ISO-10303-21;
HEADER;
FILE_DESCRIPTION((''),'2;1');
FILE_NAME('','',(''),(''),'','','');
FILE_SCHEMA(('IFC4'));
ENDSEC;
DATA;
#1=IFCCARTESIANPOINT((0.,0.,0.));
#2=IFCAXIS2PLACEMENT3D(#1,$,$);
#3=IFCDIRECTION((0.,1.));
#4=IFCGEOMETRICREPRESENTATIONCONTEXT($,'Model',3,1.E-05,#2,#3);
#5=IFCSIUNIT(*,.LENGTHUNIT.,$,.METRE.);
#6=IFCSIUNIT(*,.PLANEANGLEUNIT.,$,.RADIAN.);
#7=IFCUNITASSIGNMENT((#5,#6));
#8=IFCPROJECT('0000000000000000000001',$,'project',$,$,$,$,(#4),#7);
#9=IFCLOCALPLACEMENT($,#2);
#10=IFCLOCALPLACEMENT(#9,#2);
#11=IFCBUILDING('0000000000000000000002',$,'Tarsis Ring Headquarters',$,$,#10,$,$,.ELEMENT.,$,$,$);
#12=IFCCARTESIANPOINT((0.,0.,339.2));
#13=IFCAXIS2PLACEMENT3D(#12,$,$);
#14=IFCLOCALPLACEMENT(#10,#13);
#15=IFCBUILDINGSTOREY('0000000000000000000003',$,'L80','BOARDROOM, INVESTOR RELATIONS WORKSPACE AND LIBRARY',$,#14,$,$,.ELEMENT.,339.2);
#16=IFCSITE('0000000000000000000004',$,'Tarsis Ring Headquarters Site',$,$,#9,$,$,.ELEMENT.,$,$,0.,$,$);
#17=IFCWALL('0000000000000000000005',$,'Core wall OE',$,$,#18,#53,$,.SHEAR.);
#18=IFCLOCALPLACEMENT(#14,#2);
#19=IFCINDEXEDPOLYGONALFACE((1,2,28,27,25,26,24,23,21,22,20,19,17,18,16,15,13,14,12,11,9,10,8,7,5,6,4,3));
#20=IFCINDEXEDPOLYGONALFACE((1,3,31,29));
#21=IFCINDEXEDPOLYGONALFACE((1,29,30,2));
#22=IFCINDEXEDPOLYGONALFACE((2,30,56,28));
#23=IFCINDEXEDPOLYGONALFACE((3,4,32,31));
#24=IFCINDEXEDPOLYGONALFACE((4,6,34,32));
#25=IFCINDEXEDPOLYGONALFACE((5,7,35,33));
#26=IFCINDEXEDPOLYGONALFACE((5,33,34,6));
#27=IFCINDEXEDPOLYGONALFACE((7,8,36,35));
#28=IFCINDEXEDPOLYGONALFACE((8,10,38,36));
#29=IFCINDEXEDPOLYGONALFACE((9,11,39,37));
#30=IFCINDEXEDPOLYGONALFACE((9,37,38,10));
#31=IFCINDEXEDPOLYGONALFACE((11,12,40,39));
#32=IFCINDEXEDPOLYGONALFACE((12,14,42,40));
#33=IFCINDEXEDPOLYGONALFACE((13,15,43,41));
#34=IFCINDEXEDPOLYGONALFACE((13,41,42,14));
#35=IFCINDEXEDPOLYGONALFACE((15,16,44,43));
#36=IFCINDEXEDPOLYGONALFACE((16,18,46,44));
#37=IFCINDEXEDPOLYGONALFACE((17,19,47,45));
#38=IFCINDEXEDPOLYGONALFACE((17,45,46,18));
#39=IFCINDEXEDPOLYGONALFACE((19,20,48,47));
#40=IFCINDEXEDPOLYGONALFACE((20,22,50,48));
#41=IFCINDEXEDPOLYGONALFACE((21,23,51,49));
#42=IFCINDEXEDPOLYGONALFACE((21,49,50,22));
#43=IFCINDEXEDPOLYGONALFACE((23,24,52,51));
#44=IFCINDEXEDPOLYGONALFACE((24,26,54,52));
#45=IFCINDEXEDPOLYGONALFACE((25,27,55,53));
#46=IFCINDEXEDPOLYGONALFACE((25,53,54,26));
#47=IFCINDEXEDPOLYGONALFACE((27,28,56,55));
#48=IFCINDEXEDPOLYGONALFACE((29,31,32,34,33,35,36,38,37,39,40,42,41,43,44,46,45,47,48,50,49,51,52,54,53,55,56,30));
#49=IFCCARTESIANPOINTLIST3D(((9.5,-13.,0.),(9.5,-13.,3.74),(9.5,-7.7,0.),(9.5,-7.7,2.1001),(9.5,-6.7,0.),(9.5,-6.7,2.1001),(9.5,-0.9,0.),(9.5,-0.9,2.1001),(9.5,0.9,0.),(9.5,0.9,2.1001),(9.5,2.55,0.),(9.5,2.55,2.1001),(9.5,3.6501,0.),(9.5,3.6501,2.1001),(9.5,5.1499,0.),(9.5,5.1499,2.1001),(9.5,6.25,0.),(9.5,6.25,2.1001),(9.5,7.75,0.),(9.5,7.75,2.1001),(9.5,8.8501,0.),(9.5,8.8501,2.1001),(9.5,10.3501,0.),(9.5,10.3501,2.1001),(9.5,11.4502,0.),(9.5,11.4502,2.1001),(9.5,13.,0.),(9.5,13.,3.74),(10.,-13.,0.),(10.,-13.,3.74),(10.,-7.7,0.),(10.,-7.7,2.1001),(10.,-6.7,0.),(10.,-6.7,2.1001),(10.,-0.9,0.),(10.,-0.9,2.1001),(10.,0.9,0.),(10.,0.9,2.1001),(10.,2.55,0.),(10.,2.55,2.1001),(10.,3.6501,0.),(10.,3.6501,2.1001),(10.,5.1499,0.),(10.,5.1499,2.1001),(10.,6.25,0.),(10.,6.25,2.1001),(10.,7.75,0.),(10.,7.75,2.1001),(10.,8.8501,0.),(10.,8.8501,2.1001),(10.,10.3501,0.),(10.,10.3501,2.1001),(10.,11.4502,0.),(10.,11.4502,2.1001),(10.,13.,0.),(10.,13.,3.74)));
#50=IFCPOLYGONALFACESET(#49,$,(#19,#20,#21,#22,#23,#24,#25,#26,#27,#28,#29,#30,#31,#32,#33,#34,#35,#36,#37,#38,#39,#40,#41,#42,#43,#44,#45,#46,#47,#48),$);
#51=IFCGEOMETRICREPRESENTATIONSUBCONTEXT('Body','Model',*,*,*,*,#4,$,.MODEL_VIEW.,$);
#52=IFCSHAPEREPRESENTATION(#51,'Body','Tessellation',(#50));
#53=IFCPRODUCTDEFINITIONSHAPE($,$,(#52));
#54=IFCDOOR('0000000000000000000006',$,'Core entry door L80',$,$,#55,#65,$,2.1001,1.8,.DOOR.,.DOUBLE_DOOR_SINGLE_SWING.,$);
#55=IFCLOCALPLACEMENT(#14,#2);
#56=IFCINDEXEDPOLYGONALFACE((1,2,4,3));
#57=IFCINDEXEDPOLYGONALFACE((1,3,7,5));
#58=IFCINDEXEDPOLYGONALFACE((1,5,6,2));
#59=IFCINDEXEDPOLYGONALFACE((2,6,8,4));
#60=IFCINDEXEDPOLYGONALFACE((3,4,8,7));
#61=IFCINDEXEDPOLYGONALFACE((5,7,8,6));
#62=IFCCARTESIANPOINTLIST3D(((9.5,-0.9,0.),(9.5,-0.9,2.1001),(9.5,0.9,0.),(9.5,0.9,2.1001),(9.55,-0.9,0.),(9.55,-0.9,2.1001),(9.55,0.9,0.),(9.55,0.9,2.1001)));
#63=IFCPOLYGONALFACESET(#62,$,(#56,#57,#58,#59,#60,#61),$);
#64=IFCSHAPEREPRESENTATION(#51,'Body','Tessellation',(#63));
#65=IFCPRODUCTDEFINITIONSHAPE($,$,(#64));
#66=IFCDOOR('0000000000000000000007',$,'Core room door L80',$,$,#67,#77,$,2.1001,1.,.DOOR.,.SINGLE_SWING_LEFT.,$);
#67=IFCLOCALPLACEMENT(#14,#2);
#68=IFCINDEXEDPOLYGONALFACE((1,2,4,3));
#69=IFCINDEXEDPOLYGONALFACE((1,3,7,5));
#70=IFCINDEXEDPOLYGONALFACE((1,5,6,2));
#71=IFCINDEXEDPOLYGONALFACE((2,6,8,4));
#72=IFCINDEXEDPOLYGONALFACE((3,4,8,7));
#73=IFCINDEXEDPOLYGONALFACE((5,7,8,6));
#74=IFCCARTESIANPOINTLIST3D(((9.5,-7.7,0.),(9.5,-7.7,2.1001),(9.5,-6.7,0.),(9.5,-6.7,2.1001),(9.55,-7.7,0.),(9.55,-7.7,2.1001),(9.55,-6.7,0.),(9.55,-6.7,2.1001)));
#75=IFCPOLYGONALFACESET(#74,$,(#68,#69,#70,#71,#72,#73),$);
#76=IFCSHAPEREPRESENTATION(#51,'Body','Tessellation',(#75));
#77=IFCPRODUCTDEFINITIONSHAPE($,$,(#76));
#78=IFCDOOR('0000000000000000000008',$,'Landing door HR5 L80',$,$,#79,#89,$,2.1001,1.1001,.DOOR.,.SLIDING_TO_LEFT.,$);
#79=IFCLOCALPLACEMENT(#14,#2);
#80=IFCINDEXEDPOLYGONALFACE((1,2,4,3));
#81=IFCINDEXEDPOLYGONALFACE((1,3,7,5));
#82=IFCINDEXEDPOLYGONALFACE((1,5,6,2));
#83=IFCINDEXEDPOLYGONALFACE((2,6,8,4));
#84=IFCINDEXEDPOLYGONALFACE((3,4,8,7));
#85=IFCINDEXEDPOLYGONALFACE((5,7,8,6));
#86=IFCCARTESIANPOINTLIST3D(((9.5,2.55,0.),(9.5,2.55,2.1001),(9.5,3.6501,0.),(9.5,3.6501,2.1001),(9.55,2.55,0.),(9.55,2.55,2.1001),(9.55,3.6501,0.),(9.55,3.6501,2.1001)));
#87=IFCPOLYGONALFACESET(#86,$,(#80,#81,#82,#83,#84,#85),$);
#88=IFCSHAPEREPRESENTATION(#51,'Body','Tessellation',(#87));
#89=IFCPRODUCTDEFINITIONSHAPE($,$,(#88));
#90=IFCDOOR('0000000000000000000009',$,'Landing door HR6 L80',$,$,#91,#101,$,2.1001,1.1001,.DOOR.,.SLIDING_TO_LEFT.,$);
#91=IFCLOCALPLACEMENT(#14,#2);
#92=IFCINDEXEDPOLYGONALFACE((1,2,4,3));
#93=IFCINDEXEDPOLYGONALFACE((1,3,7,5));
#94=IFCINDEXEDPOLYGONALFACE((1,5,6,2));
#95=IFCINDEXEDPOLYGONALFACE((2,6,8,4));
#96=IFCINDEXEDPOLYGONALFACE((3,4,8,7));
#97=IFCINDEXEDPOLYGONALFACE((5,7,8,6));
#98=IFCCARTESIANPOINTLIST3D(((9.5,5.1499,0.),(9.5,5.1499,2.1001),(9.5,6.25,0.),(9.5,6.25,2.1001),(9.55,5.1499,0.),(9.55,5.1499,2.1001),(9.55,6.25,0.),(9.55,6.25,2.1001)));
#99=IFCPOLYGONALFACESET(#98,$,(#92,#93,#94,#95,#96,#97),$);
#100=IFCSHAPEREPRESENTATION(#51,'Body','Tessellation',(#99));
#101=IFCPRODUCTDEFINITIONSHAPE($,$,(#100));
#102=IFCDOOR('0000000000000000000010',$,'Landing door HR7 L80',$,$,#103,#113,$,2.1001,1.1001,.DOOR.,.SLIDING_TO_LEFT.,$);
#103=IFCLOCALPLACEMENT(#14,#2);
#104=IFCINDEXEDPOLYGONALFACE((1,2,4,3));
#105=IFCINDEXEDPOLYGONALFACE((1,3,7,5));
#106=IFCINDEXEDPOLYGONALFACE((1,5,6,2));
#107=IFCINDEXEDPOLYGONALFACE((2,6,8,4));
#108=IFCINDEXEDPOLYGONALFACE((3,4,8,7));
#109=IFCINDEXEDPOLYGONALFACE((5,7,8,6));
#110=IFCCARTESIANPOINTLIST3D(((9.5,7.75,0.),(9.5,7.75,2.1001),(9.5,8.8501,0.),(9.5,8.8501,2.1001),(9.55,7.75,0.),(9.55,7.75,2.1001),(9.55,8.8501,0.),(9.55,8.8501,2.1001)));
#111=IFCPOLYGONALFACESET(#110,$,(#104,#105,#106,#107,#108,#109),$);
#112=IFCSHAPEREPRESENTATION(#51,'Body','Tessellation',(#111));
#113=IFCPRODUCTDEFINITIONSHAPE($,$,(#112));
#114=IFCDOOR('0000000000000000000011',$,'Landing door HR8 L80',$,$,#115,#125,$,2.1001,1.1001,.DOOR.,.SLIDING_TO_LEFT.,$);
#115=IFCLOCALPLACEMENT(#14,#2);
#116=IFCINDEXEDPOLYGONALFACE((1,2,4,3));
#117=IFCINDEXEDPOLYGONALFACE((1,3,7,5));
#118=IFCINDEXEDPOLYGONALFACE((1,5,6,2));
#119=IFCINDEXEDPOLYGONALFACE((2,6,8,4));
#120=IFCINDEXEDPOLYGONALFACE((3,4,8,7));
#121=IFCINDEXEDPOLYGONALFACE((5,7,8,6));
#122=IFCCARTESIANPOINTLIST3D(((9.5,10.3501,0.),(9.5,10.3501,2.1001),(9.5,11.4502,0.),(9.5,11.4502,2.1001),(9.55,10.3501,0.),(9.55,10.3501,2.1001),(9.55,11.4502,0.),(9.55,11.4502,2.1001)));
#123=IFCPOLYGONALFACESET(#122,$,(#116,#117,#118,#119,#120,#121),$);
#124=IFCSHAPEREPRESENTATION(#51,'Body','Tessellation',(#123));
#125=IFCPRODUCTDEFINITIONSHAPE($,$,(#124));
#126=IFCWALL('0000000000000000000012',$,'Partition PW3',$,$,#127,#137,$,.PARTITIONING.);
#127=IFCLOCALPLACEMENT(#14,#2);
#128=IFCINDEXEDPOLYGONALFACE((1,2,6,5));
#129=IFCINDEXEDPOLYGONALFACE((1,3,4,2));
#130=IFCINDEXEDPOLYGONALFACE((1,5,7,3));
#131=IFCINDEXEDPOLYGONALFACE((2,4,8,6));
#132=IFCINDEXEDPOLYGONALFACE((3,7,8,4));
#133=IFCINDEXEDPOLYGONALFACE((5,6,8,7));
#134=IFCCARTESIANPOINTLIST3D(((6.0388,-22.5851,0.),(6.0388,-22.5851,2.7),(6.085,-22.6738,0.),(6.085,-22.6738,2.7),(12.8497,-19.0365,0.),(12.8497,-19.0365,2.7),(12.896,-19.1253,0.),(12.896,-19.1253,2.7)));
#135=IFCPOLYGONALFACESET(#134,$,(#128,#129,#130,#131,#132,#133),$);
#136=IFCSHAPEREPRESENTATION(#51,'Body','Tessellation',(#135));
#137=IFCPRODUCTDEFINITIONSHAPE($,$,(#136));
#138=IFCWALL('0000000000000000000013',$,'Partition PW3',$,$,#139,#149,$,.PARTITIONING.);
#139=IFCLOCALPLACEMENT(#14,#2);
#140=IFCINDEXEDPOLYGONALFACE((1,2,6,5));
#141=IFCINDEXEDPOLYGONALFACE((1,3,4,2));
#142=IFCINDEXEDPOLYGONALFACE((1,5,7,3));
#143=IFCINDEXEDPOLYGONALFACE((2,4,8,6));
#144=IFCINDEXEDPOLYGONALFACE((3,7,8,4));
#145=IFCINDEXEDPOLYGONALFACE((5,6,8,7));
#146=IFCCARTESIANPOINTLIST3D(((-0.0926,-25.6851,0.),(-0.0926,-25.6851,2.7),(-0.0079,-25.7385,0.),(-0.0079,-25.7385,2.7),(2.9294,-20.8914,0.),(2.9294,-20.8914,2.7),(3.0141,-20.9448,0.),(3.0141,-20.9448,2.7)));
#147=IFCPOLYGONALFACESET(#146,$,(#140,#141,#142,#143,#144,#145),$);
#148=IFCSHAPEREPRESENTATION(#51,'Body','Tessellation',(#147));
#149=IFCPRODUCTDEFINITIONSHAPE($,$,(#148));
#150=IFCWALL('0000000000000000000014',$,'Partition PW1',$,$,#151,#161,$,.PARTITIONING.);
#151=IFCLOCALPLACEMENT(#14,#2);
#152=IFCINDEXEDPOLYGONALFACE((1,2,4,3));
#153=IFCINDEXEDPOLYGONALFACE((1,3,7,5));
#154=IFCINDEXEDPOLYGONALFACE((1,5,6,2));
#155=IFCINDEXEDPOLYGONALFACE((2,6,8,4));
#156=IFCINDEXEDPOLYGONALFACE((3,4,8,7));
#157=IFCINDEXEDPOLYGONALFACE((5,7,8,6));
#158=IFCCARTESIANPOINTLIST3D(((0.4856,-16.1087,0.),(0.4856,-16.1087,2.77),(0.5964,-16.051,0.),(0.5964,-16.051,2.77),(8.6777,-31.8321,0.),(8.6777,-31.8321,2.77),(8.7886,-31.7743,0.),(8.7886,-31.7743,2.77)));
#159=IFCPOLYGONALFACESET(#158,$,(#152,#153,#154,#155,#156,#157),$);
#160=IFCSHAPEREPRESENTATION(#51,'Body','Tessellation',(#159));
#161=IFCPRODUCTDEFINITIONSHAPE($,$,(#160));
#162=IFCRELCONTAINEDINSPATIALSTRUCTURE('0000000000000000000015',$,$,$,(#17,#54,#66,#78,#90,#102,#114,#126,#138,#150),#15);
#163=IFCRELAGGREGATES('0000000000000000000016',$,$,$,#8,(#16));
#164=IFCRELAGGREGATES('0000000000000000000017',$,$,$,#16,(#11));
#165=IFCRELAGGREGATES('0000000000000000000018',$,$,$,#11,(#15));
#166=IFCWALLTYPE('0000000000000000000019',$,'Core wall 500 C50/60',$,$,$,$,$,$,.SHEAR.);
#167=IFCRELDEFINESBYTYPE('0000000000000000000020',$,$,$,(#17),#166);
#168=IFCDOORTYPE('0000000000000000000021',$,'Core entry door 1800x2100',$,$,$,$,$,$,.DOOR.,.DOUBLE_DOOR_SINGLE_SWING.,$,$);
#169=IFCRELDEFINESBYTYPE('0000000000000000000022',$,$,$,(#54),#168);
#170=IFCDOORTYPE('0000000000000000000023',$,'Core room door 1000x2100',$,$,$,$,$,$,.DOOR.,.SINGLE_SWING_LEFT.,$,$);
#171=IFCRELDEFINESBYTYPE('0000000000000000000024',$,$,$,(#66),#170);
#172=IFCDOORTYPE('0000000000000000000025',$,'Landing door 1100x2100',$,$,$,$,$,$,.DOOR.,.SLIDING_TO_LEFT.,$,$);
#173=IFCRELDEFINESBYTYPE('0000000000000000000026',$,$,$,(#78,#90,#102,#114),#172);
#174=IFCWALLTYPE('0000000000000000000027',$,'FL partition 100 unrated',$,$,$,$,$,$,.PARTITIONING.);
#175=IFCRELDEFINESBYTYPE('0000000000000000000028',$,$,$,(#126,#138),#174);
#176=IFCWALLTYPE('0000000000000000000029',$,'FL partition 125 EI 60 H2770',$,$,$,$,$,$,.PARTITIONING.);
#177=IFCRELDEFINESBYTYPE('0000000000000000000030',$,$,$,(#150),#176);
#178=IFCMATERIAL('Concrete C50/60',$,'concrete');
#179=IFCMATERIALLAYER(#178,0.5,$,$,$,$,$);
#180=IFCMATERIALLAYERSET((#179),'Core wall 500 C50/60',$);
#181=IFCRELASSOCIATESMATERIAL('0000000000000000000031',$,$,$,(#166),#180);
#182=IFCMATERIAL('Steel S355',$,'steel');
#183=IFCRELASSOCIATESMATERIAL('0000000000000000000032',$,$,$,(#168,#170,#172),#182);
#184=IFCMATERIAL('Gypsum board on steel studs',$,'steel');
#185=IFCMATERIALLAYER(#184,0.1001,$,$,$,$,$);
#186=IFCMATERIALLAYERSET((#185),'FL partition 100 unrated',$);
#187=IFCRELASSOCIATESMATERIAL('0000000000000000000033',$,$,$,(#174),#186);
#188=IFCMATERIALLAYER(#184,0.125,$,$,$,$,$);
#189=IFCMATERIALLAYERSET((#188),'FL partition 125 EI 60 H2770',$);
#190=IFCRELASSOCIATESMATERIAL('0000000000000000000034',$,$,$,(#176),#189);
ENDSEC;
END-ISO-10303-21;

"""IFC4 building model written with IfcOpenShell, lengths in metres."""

from ifc_helpers import new_model, si_unit, direction, frame, frame_2d, origin, place, context, subcontext, project, spatial, rectangle, extrude, material, layer, layer_set, type_object, element, fill, save


model = new_model("IFC4")

# Units and contexts
model_context = context("Model", 3, precision=1e-05, world=origin(), true_north=direction((0.0, 1.0)))
body_context = subcontext(model_context, "Body", "Model", "MODEL_VIEW")
ifc_project = project(units=[si_unit("LENGTHUNIT", "METRE"), si_unit("PLANEANGLEUNIT", "RADIAN")], contexts=[model_context])

# Site, building, storey
site_placement = place(None, origin())
site = spatial("IfcSite", under=ifc_project, at=site_placement, Name="Tarsis Ring Headquarters Site", CompositionType="ELEMENT", RefElevation=0.0)
building_placement = place(site_placement, origin())
building = spatial("IfcBuilding", under=site, at=building_placement, Name="Tarsis Ring Headquarters", CompositionType="ELEMENT")
storey_placement = place(building_placement, frame((0.0, 0.0, 339.2)))
storey = spatial("IfcBuildingStorey", under=building, at=storey_placement, Name="L80", Description="BOARDROOM, INVESTOR RELATIONS WORKSPACE AND LIBRARY", CompositionType="ELEMENT", Elevation=339.2)

# Wall, openings, doors
ifc_material_1 = material(Name="Concrete C50/60", Category="concrete")
ifc_layer_1 = layer(ifc_material_1, 0.5)
ifc_layer_set_1 = layer_set([ifc_layer_1], Name="Core wall 500 C50/60")
wall_type_1 = type_object("IfcWallType", Name="Core wall 500 C50/60", PredefinedType="SHEAR", material=ifc_layer_set_1)
wall_1_placement = place(storey_placement, frame((9.75, -13.0, 0.0), z_axis=(0.0, 0.0, 1.0), x_axis=(0.0, 1.0, 0.0)))
wall_1 = element("IfcWall", 1, at=wall_1_placement, inside=storey, type_object=wall_type_1, Name="Core wall OE", PredefinedType="SHEAR", context=body_context, shape_type="SweptSolid", body=[
    extrude(rectangle(XDim=26.0, YDim=0.5, at=frame_2d((13.0, 0.0))), origin(), (0.0, 0.0, 1.0), 3.74),
])
opening_1_placement = place(wall_1_placement, frame((5.3, 0.0, 0.0)))
opening_1 = element("IfcOpeningElement", 2, at=opening_1_placement, cuts=wall_1, PredefinedType="OPENING", context=body_context, shape_type="SweptSolid", body=[
    extrude(rectangle(XDim=1.0, YDim=2.1001, at=frame_2d((0.5, 1.05))), frame((0.0, 0.26, 0.0), z_axis=(0.0, -1.0, 0.0), x_axis=(1.0, 0.0, 0.0)), (0.0, 0.0, 1.0), 0.52),
])
opening_2_placement = place(wall_1_placement, frame((12.1001, 0.0, 0.0)))
opening_2 = element("IfcOpeningElement", 3, at=opening_2_placement, cuts=wall_1, PredefinedType="OPENING", context=body_context, shape_type="SweptSolid", body=[
    extrude(rectangle(XDim=1.8, YDim=2.1001, at=frame_2d((0.8999, 1.05))), frame((0.0, 0.26, 0.0), z_axis=(0.0, -1.0, 0.0), x_axis=(1.0, 0.0, 0.0)), (0.0, 0.0, 1.0), 0.52),
])
opening_3_placement = place(wall_1_placement, frame((15.55, 0.0, 0.0)))
opening_3 = element("IfcOpeningElement", 4, at=opening_3_placement, cuts=wall_1, PredefinedType="OPENING", context=body_context, shape_type="SweptSolid", body=[
    extrude(rectangle(XDim=1.1001, YDim=2.1001, at=frame_2d((0.55, 1.05))), frame((0.0, 0.26, 0.0), z_axis=(0.0, -1.0, 0.0), x_axis=(1.0, 0.0, 0.0)), (0.0, 0.0, 1.0), 0.52),
])
opening_4_placement = place(wall_1_placement, frame((18.1499, 0.0, 0.0)))
opening_4 = element("IfcOpeningElement", 5, at=opening_4_placement, cuts=wall_1, PredefinedType="OPENING", context=body_context, shape_type="SweptSolid", body=[
    extrude(rectangle(XDim=1.1001, YDim=2.1001, at=frame_2d((0.55, 1.05))), frame((0.0, 0.26, 0.0), z_axis=(0.0, -1.0, 0.0), x_axis=(1.0, 0.0, 0.0)), (0.0, 0.0, 1.0), 0.52),
])
opening_5_placement = place(wall_1_placement, frame((20.75, 0.0, 0.0)))
opening_5 = element("IfcOpeningElement", 6, at=opening_5_placement, cuts=wall_1, PredefinedType="OPENING", context=body_context, shape_type="SweptSolid", body=[
    extrude(rectangle(XDim=1.1001, YDim=2.1001, at=frame_2d((0.55, 1.05))), frame((0.0, 0.26, 0.0), z_axis=(0.0, -1.0, 0.0), x_axis=(1.0, 0.0, 0.0)), (0.0, 0.0, 1.0), 0.52),
])
opening_6_placement = place(wall_1_placement, frame((23.3501, 0.0, 0.0)))
opening_6 = element("IfcOpeningElement", 7, at=opening_6_placement, cuts=wall_1, PredefinedType="OPENING", context=body_context, shape_type="SweptSolid", body=[
    extrude(rectangle(XDim=1.1001, YDim=2.1001, at=frame_2d((0.55, 1.05))), frame((0.0, 0.26, 0.0), z_axis=(0.0, -1.0, 0.0), x_axis=(1.0, 0.0, 0.0)), (0.0, 0.0, 1.0), 0.52),
])
ifc_material_2 = material(Name="Steel S355", Category="steel")
door_type_1 = type_object("IfcDoorType", Name="Core entry door 1800x2100", OperationType="DOUBLE_DOOR_SINGLE_SWING", PredefinedType="DOOR", material=ifc_material_2)
door_1_placement = place(opening_2_placement, origin())
door_1 = element("IfcDoor", 8, at=door_1_placement, inside=storey, type_object=door_type_1, Name="Core entry door L80", OperationType="DOUBLE_DOOR_SINGLE_SWING", OverallHeight=2.1001, OverallWidth=1.8, PredefinedType="DOOR", context=body_context, shape_type="SweptSolid", body=[
    extrude(rectangle(XDim=1.8, YDim=2.1001, at=frame_2d((0.8999, 1.05))), frame((0.0, 0.25, 0.0), z_axis=(0.0, -1.0, 0.0), x_axis=(1.0, 0.0, 0.0)), (0.0, 0.0, 1.0), 0.05),
])
fill(opening_2, door_1)
door_type_2 = type_object("IfcDoorType", Name="Core room door 1000x2100", OperationType="SINGLE_SWING_LEFT", PredefinedType="DOOR", material=ifc_material_2)
door_2_placement = place(opening_1_placement, origin())
door_2 = element("IfcDoor", 9, at=door_2_placement, inside=storey, type_object=door_type_2, Name="Core room door L80", OperationType="SINGLE_SWING_LEFT", OverallHeight=2.1001, OverallWidth=1.0, PredefinedType="DOOR", context=body_context, shape_type="SweptSolid", body=[
    extrude(rectangle(XDim=1.0, YDim=2.1001, at=frame_2d((0.5, 1.05))), frame((0.0, 0.25, 0.0), z_axis=(0.0, -1.0, 0.0), x_axis=(1.0, 0.0, 0.0)), (0.0, 0.0, 1.0), 0.05),
])
fill(opening_1, door_2)
door_type_3 = type_object("IfcDoorType", Name="Landing door 1100x2100", OperationType="SLIDING_TO_LEFT", PredefinedType="DOOR", material=ifc_material_2)
door_3_placement = place(opening_3_placement, origin())
door_3 = element("IfcDoor", 10, at=door_3_placement, inside=storey, type_object=door_type_3, Name="Landing door HR5 L80", OperationType="SLIDING_TO_LEFT", OverallHeight=2.1001, OverallWidth=1.1001, PredefinedType="DOOR", context=body_context, shape_type="SweptSolid", body=[
    extrude(rectangle(XDim=1.1001, YDim=2.1001, at=frame_2d((0.55, 1.05))), frame((0.0, 0.25, 0.0), z_axis=(0.0, -1.0, 0.0), x_axis=(1.0, 0.0, 0.0)), (0.0, 0.0, 1.0), 0.05),
])
fill(opening_3, door_3)
door_4_placement = place(opening_4_placement, origin())
door_4 = element("IfcDoor", 11, at=door_4_placement, inside=storey, type_object=door_type_3, Name="Landing door HR6 L80", OperationType="SLIDING_TO_LEFT", OverallHeight=2.1001, OverallWidth=1.1001, PredefinedType="DOOR", context=body_context, shape_type="SweptSolid", body=[
    extrude(rectangle(XDim=1.1001, YDim=2.1001, at=frame_2d((0.55, 1.05))), frame((0.0, 0.25, 0.0), z_axis=(0.0, -1.0, 0.0), x_axis=(1.0, 0.0, 0.0)), (0.0, 0.0, 1.0), 0.05),
])
fill(opening_4, door_4)
door_5_placement = place(opening_5_placement, origin())
door_5 = element("IfcDoor", 12, at=door_5_placement, inside=storey, type_object=door_type_3, Name="Landing door HR7 L80", OperationType="SLIDING_TO_LEFT", OverallHeight=2.1001, OverallWidth=1.1001, PredefinedType="DOOR", context=body_context, shape_type="SweptSolid", body=[
    extrude(rectangle(XDim=1.1001, YDim=2.1001, at=frame_2d((0.55, 1.05))), frame((0.0, 0.25, 0.0), z_axis=(0.0, -1.0, 0.0), x_axis=(1.0, 0.0, 0.0)), (0.0, 0.0, 1.0), 0.05),
])
fill(opening_5, door_5)
door_6_placement = place(opening_6_placement, origin())
door_6 = element("IfcDoor", 13, at=door_6_placement, inside=storey, type_object=door_type_3, Name="Landing door HR8 L80", OperationType="SLIDING_TO_LEFT", OverallHeight=2.1001, OverallWidth=1.1001, PredefinedType="DOOR", context=body_context, shape_type="SweptSolid", body=[
    extrude(rectangle(XDim=1.1001, YDim=2.1001, at=frame_2d((0.55, 1.05))), frame((0.0, 0.25, 0.0), z_axis=(0.0, -1.0, 0.0), x_axis=(1.0, 0.0, 0.0)), (0.0, 0.0, 1.0), 0.05),
])
fill(opening_6, door_6)

# Walls
ifc_material_3 = material(Name="Gypsum board on steel studs", Category="steel")
ifc_layer_2 = layer(ifc_material_3, 0.1001)
ifc_layer_set_2 = layer_set([ifc_layer_2], Name="FL partition 100 unrated")
wall_type_2 = type_object("IfcWallType", Name="FL partition 100 unrated", PredefinedType="PARTITIONING", material=ifc_layer_set_2)
wall_2_placement = place(storey_placement, frame((6.062, -22.6294, 0.0), z_axis=(0.0, 0.0, 1.0), x_axis=(0.886852, 0.462054, 0.0)))
element("IfcWall", 14, at=wall_2_placement, inside=storey, type_object=wall_type_2, Name="Partition PW3", PredefinedType="PARTITIONING", context=body_context, shape_type="SweptSolid", body=[
    extrude(rectangle(XDim=7.6799, YDim=0.1001, at=frame_2d((3.8398, 0.0))), origin(), (0.0, 0.0, 1.0), 2.7),
])
wall_3_placement = place(storey_placement, frame((-0.0503, -25.7119, 0.0), z_axis=(0.0, 0.0, 1.0), x_axis=(0.533283, 0.845937, 0.0)))
element("IfcWall", 15, at=wall_3_placement, inside=storey, type_object=wall_type_2, Name="Partition PW3", PredefinedType="PARTITIONING", context=body_context, shape_type="SweptSolid", body=[
    extrude(rectangle(XDim=5.6667, YDim=0.1001, at=frame_2d((2.8335, 0.0))), origin(), (0.0, 0.0, 1.0), 2.7),
])
ifc_layer_3 = layer(ifc_material_3, 0.125)
ifc_layer_set_3 = layer_set([ifc_layer_3], Name="FL partition 125 EI 60 H2770")
wall_type_3 = type_object("IfcWallType", Name="FL partition 125 EI 60 H2770", PredefinedType="PARTITIONING", material=ifc_layer_set_3)
wall_4_placement = place(storey_placement, frame((0.541, -16.0798, 0.0), z_axis=(0.0, 0.0, 1.0), x_axis=(0.462062, -0.886848, 0.0)))
element("IfcWall", 16, at=wall_4_placement, inside=storey, type_object=wall_type_3, Name="Partition PW1", PredefinedType="PARTITIONING", context=body_context, shape_type="SweptSolid", body=[
    extrude(rectangle(XDim=17.7295, YDim=0.125, at=frame_2d((8.8647, 0.0))), origin(), (0.0, 0.0, 1.0), 2.77),
])

save(model, "model.ifc")
